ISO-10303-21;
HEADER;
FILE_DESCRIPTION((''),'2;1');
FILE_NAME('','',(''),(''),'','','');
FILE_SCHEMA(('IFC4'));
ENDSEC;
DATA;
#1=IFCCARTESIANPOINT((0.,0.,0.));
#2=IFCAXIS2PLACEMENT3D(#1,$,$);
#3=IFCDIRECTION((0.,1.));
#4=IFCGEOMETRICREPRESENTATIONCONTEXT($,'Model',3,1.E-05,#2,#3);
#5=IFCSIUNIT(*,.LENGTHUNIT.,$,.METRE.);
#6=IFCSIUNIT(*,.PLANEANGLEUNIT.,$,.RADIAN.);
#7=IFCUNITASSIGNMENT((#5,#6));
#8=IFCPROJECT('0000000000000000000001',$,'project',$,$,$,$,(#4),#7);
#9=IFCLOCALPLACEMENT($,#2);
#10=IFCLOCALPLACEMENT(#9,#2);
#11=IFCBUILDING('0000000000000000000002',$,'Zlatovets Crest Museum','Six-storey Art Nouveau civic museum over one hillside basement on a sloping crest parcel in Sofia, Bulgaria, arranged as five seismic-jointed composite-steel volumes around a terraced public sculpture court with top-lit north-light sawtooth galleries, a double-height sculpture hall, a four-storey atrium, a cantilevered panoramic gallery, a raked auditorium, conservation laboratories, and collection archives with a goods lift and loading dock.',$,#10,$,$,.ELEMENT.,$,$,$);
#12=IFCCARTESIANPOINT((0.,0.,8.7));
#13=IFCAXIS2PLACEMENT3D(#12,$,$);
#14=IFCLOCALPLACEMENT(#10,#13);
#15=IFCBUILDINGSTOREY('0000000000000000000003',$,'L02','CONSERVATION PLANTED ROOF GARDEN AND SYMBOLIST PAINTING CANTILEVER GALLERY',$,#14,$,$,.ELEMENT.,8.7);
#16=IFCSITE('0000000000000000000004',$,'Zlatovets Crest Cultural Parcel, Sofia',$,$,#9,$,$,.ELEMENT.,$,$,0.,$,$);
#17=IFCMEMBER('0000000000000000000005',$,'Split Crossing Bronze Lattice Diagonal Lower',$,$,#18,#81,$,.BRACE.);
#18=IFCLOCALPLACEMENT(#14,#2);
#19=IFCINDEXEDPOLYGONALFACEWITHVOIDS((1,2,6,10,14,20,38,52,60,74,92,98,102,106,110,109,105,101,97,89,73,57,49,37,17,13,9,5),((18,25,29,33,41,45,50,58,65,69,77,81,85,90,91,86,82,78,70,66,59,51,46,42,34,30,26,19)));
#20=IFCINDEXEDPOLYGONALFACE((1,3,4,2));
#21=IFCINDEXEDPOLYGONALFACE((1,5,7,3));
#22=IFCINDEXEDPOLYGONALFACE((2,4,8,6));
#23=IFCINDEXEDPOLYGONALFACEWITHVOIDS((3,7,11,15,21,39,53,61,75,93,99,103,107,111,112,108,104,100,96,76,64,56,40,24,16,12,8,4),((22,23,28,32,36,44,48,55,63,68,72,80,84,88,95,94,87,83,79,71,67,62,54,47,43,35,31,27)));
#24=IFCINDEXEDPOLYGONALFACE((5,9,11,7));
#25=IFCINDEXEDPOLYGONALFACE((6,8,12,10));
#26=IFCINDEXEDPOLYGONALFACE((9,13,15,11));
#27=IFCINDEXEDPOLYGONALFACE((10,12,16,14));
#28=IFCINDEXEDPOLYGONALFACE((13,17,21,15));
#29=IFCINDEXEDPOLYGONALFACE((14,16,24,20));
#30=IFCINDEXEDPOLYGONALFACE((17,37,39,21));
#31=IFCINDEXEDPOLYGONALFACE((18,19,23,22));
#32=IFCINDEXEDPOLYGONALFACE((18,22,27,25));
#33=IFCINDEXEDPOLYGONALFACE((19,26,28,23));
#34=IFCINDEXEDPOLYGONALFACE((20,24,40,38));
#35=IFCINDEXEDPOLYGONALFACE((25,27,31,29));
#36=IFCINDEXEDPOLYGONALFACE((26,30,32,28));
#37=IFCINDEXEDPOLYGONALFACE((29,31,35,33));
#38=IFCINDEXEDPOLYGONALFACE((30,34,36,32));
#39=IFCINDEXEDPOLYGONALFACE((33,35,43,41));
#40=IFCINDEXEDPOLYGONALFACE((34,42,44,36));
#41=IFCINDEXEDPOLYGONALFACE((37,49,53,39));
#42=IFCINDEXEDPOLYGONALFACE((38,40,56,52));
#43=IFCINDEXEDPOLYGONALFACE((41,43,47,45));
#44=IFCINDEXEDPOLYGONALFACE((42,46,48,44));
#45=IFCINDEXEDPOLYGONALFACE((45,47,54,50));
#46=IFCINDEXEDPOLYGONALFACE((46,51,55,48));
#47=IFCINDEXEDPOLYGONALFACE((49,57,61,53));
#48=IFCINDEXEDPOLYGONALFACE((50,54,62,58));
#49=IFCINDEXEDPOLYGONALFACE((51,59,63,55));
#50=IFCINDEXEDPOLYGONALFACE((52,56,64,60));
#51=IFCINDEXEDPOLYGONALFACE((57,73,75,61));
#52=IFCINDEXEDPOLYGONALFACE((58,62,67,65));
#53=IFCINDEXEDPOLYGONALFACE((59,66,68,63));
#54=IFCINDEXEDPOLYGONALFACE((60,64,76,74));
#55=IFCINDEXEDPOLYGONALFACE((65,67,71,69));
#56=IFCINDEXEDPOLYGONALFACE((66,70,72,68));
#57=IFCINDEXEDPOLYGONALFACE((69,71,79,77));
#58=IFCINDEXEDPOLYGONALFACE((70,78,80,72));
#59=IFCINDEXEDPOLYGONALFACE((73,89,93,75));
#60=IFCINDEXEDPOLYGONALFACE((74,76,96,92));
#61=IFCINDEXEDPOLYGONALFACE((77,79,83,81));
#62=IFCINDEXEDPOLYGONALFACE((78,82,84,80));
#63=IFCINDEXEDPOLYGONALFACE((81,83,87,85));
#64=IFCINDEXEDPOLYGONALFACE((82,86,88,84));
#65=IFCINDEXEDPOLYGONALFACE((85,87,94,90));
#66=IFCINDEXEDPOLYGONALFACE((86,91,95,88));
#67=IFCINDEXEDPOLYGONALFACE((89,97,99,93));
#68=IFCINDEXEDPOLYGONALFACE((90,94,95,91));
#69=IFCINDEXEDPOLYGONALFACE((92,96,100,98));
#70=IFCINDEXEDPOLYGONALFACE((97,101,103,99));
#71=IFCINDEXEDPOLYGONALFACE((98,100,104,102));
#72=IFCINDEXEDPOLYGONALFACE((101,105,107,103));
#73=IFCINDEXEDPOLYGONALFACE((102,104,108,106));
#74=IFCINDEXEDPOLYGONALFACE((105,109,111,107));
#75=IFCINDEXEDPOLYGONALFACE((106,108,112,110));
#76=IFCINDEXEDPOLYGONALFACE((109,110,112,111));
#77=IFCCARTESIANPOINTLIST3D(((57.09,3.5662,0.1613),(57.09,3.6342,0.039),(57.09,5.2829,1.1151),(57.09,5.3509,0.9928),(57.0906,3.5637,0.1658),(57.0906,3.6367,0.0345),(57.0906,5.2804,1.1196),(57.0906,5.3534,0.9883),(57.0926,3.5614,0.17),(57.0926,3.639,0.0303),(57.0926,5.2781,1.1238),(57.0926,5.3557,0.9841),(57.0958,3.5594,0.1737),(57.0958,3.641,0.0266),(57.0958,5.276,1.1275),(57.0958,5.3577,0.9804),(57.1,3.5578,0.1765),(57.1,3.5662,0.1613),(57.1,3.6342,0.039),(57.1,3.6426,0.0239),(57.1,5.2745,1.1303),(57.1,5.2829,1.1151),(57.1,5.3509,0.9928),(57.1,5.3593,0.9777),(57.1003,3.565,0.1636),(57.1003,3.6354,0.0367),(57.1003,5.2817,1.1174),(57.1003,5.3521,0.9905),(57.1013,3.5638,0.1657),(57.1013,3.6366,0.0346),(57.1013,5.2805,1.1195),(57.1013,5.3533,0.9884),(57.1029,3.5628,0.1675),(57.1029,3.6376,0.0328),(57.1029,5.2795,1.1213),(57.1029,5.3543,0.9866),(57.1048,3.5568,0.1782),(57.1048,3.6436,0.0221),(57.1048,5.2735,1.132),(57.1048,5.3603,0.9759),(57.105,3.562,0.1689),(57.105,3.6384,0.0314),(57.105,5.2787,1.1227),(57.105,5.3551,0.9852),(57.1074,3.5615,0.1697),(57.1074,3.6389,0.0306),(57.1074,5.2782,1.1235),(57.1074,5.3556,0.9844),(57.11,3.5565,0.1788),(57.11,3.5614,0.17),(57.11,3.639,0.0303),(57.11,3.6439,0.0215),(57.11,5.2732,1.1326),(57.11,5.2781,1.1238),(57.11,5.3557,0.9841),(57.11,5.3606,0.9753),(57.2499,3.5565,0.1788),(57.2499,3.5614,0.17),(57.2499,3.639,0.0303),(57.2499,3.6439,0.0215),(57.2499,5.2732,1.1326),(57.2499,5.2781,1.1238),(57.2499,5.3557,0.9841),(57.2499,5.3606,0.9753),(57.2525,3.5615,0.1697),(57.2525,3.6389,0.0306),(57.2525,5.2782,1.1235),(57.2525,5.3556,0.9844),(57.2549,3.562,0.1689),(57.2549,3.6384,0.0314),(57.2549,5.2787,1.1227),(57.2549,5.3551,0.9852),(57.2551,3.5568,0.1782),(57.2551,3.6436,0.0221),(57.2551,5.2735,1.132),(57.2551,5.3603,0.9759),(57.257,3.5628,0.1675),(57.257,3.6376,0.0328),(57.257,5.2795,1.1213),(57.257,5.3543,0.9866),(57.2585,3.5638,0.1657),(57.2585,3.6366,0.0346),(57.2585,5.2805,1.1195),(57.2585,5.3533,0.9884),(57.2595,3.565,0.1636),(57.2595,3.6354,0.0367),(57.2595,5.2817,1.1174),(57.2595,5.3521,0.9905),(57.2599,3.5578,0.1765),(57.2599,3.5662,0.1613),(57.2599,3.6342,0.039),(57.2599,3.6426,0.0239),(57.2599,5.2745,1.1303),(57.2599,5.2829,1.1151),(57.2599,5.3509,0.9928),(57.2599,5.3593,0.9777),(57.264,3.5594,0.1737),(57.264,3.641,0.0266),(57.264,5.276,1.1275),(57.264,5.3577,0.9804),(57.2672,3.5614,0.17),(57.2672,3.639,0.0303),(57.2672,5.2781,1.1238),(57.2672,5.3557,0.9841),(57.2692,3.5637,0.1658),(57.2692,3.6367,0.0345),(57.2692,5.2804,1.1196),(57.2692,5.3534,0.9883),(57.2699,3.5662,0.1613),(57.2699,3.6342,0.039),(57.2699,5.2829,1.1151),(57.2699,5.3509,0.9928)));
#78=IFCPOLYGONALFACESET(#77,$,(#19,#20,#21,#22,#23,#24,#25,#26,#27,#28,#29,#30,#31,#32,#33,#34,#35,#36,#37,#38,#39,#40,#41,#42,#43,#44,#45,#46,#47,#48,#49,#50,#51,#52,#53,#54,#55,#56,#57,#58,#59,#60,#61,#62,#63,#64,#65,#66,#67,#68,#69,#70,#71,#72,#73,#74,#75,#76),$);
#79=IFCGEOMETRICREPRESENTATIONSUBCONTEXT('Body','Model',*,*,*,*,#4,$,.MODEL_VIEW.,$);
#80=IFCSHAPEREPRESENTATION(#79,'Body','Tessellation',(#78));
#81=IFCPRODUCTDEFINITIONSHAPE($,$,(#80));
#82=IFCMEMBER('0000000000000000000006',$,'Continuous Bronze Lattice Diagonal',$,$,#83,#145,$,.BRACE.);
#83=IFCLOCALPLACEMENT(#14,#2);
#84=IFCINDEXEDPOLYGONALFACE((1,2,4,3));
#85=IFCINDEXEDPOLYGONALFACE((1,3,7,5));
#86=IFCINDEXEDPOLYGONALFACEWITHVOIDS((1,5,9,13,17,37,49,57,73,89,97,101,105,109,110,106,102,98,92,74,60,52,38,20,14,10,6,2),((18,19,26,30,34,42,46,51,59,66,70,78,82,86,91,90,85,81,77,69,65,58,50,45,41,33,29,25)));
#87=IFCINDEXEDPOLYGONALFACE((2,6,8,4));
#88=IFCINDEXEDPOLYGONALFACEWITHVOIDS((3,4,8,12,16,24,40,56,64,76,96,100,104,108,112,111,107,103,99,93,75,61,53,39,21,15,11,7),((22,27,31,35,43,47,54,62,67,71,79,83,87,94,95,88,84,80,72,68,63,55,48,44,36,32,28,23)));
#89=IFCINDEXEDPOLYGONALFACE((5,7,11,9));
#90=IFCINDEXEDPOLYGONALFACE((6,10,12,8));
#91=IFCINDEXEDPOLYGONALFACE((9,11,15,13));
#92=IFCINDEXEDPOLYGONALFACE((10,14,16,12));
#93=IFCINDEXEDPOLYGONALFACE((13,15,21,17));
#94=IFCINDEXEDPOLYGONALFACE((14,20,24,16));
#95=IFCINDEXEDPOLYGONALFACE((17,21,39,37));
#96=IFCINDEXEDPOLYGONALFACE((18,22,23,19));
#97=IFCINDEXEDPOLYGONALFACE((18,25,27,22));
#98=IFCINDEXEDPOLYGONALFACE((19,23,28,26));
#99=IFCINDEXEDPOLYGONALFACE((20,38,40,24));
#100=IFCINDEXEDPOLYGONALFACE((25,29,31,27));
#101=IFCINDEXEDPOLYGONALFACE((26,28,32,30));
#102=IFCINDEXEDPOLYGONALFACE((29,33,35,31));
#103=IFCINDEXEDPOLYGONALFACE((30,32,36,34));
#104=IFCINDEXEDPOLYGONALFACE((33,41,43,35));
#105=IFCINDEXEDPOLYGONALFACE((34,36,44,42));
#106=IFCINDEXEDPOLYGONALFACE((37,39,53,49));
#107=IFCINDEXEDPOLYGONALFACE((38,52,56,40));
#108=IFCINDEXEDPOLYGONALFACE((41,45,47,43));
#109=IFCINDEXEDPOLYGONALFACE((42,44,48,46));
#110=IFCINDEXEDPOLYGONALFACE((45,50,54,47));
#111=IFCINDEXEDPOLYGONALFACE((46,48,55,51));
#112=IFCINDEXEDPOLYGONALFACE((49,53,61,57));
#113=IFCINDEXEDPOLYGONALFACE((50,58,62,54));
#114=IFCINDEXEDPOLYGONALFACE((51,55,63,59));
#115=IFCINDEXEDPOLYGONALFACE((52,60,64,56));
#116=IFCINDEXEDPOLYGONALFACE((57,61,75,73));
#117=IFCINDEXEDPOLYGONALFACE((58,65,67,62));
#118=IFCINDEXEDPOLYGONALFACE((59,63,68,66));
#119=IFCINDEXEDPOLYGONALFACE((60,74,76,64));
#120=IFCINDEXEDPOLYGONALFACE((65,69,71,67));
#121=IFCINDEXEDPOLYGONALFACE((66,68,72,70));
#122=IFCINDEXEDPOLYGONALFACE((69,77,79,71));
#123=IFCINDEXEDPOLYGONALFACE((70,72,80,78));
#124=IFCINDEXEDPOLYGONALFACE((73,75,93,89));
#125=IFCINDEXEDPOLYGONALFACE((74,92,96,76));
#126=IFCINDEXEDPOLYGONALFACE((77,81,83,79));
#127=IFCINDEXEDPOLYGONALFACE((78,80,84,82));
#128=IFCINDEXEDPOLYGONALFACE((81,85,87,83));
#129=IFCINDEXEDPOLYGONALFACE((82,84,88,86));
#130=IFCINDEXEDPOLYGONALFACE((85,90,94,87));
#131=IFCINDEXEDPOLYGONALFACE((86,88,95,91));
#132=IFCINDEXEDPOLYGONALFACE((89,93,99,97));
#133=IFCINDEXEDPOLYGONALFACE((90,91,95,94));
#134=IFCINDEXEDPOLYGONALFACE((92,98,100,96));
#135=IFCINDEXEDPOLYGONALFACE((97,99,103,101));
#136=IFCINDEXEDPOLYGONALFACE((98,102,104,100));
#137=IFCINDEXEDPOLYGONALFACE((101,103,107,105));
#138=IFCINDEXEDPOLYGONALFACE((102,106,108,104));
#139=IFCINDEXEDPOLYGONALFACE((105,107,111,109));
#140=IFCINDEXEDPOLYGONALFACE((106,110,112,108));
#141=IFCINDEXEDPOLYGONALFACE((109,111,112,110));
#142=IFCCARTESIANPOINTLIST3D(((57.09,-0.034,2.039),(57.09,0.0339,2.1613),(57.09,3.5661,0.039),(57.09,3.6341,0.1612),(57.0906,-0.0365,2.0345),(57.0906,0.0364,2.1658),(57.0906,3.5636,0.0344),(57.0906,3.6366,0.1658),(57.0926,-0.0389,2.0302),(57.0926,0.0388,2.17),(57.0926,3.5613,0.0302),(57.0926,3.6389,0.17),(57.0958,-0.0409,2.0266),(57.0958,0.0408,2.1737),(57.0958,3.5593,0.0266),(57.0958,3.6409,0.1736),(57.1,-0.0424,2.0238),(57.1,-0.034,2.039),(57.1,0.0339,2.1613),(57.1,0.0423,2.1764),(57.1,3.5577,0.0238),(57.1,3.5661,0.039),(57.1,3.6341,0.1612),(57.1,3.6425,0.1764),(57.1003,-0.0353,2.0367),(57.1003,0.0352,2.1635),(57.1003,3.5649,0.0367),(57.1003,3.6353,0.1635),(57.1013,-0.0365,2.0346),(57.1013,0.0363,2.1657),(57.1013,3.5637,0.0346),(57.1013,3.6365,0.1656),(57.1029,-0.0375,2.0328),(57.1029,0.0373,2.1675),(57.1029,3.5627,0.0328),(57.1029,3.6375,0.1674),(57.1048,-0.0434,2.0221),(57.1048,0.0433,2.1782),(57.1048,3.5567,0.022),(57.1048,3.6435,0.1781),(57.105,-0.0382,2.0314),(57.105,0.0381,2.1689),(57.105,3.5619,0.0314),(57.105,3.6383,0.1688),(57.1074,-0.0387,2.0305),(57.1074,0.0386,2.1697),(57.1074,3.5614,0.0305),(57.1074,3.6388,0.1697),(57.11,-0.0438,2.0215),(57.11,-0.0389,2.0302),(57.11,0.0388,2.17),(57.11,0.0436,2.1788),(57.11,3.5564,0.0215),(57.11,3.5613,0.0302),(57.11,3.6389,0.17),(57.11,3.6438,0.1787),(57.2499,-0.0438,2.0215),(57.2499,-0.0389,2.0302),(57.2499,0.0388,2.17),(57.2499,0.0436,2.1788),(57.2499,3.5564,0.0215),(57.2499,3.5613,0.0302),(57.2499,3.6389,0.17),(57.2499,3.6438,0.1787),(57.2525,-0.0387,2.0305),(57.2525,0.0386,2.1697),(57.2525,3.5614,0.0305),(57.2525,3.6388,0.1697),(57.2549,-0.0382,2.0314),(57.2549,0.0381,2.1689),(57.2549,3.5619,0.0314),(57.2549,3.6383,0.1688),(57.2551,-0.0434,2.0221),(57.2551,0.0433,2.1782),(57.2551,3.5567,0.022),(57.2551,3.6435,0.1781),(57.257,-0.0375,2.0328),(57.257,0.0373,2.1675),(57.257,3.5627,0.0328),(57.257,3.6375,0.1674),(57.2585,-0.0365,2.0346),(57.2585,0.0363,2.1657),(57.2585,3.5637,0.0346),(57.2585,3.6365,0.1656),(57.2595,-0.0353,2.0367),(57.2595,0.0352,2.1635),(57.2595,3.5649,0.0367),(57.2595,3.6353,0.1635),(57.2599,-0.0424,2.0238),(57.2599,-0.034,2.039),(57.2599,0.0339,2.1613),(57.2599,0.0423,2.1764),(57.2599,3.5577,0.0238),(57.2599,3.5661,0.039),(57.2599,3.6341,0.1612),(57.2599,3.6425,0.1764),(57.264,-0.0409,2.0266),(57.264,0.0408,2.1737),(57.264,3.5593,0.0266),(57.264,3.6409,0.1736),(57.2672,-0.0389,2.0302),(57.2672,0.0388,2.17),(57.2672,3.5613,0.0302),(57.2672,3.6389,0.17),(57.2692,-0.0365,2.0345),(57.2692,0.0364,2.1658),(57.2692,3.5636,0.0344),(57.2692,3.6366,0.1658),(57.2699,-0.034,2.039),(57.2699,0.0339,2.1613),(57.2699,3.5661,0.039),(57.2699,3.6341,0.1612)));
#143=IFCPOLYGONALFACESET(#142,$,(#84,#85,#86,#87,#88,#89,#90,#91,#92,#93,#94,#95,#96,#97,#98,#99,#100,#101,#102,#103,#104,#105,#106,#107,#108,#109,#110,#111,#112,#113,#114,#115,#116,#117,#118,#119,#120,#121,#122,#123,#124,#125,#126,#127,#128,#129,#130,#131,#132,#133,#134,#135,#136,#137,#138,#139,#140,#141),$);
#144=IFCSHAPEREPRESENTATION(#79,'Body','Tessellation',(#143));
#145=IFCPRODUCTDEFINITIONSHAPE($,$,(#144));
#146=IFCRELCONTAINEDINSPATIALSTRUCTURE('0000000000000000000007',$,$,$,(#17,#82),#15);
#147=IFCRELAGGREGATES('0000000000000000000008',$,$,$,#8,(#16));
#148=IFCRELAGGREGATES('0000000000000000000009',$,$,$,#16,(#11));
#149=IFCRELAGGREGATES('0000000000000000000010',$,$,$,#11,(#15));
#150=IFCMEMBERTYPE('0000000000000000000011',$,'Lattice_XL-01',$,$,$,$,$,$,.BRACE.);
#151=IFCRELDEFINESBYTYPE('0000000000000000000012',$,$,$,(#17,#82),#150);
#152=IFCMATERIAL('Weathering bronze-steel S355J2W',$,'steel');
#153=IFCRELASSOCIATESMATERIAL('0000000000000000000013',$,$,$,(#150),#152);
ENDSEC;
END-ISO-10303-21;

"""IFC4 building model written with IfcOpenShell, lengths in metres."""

from ifc_helpers import new_model, si_unit, direction, frame, origin, origin_2d, place, context, subcontext, project, spatial, hollow_rectangle, extrude, material, material_profile, profile_set, type_object, element, save


model = new_model("IFC4")

# Units and contexts
model_context = context("Model", 3, precision=1e-05, world=origin(), true_north=direction((0.0, 1.0)))
body_context = subcontext(model_context, "Body", "Model", "MODEL_VIEW")
ifc_project = project(units=[si_unit("LENGTHUNIT", "METRE"), si_unit("PLANEANGLEUNIT", "RADIAN")], contexts=[model_context])

# Site, building, storey
site_placement = place(None, origin())
site = spatial("IfcSite", under=ifc_project, at=site_placement, Name="Zlatovets Crest Cultural Parcel, Sofia", CompositionType="ELEMENT", RefElevation=0.0)
building_placement = place(site_placement, origin())
building = spatial("IfcBuilding", under=site, at=building_placement, Name="Zlatovets Crest Museum", Description="Six-storey Art Nouveau civic museum over one hillside basement on a sloping crest parcel in Sofia, Bulgaria, arranged as five seismic-jointed composite-steel volumes around a terraced public sculpture court with top-lit north-light sawtooth galleries, a double-height sculpture hall, a four-storey atrium, a cantilevered panoramic gallery, a raked auditorium, conservation laboratories, and collection archives with a goods lift and loading dock.", CompositionType="ELEMENT")
storey_placement = place(building_placement, frame((0.0, 0.0, 8.7)))
storey = spatial("IfcBuildingStorey", under=building, at=storey_placement, Name="L02", Description="CONSERVATION PLANTED ROOF GARDEN AND SYMBOLIST PAINTING CANTILEVER GALLERY", CompositionType="ELEMENT", Elevation=8.7)

# Members
ifc_material_1 = material(Name="Weathering bronze-steel S355J2W", Category="steel")
ifc_material_profile_1 = material_profile(ifc_material_1, hollow_rectangle(XDim=0.1799, YDim=0.1799, WallThickness=0.01, InnerFilletRadius=0.01, OuterFilletRadius=0.02, at=origin_2d()), Name="SHS 180x180x10.0")
ifc_profile_set_1 = profile_set([ifc_material_profile_1], Name="Weathering bronze-steel S355J2W")
member_type_1 = type_object("IfcMemberType", Name="Lattice_XL-01", PredefinedType="BRACE", material=ifc_profile_set_1)
member_1_placement = place(storey_placement, frame((57.1799, 5.3169, 1.054), z_axis=(0.0, -0.87414, -0.485675), x_axis=(1.0, 0.0, 0.0)))
element("IfcMember", 1, at=member_1_placement, inside=storey, type_object=member_type_1, Name="Split Crossing Bronze Lattice Diagonal Lower", PredefinedType="BRACE", context=body_context, shape_type="SweptSolid", body=[
    extrude(hollow_rectangle(XDim=0.1799, YDim=0.1799, WallThickness=0.01, InnerFilletRadius=0.01, OuterFilletRadius=0.02, at=origin_2d()), origin(), (0.0, 0.0, 1.0), 1.9639),
])
member_2_placement = place(storey_placement, frame((57.1799, 3.6001, 0.1001), z_axis=(0.0, -0.874163, 0.485633), x_axis=(1.0, 0.0, 0.0)))
element("IfcMember", 2, at=member_2_placement, inside=storey, type_object=member_type_1, Name="Continuous Bronze Lattice Diagonal", PredefinedType="BRACE", context=body_context, shape_type="SweptSolid", body=[
    extrude(hollow_rectangle(XDim=0.1799, YDim=0.1799, WallThickness=0.01, InnerFilletRadius=0.01, OuterFilletRadius=0.02, at=origin_2d()), origin(), (0.0, 0.0, 1.0), 4.1184),
])

save(model, "model.ifc")
